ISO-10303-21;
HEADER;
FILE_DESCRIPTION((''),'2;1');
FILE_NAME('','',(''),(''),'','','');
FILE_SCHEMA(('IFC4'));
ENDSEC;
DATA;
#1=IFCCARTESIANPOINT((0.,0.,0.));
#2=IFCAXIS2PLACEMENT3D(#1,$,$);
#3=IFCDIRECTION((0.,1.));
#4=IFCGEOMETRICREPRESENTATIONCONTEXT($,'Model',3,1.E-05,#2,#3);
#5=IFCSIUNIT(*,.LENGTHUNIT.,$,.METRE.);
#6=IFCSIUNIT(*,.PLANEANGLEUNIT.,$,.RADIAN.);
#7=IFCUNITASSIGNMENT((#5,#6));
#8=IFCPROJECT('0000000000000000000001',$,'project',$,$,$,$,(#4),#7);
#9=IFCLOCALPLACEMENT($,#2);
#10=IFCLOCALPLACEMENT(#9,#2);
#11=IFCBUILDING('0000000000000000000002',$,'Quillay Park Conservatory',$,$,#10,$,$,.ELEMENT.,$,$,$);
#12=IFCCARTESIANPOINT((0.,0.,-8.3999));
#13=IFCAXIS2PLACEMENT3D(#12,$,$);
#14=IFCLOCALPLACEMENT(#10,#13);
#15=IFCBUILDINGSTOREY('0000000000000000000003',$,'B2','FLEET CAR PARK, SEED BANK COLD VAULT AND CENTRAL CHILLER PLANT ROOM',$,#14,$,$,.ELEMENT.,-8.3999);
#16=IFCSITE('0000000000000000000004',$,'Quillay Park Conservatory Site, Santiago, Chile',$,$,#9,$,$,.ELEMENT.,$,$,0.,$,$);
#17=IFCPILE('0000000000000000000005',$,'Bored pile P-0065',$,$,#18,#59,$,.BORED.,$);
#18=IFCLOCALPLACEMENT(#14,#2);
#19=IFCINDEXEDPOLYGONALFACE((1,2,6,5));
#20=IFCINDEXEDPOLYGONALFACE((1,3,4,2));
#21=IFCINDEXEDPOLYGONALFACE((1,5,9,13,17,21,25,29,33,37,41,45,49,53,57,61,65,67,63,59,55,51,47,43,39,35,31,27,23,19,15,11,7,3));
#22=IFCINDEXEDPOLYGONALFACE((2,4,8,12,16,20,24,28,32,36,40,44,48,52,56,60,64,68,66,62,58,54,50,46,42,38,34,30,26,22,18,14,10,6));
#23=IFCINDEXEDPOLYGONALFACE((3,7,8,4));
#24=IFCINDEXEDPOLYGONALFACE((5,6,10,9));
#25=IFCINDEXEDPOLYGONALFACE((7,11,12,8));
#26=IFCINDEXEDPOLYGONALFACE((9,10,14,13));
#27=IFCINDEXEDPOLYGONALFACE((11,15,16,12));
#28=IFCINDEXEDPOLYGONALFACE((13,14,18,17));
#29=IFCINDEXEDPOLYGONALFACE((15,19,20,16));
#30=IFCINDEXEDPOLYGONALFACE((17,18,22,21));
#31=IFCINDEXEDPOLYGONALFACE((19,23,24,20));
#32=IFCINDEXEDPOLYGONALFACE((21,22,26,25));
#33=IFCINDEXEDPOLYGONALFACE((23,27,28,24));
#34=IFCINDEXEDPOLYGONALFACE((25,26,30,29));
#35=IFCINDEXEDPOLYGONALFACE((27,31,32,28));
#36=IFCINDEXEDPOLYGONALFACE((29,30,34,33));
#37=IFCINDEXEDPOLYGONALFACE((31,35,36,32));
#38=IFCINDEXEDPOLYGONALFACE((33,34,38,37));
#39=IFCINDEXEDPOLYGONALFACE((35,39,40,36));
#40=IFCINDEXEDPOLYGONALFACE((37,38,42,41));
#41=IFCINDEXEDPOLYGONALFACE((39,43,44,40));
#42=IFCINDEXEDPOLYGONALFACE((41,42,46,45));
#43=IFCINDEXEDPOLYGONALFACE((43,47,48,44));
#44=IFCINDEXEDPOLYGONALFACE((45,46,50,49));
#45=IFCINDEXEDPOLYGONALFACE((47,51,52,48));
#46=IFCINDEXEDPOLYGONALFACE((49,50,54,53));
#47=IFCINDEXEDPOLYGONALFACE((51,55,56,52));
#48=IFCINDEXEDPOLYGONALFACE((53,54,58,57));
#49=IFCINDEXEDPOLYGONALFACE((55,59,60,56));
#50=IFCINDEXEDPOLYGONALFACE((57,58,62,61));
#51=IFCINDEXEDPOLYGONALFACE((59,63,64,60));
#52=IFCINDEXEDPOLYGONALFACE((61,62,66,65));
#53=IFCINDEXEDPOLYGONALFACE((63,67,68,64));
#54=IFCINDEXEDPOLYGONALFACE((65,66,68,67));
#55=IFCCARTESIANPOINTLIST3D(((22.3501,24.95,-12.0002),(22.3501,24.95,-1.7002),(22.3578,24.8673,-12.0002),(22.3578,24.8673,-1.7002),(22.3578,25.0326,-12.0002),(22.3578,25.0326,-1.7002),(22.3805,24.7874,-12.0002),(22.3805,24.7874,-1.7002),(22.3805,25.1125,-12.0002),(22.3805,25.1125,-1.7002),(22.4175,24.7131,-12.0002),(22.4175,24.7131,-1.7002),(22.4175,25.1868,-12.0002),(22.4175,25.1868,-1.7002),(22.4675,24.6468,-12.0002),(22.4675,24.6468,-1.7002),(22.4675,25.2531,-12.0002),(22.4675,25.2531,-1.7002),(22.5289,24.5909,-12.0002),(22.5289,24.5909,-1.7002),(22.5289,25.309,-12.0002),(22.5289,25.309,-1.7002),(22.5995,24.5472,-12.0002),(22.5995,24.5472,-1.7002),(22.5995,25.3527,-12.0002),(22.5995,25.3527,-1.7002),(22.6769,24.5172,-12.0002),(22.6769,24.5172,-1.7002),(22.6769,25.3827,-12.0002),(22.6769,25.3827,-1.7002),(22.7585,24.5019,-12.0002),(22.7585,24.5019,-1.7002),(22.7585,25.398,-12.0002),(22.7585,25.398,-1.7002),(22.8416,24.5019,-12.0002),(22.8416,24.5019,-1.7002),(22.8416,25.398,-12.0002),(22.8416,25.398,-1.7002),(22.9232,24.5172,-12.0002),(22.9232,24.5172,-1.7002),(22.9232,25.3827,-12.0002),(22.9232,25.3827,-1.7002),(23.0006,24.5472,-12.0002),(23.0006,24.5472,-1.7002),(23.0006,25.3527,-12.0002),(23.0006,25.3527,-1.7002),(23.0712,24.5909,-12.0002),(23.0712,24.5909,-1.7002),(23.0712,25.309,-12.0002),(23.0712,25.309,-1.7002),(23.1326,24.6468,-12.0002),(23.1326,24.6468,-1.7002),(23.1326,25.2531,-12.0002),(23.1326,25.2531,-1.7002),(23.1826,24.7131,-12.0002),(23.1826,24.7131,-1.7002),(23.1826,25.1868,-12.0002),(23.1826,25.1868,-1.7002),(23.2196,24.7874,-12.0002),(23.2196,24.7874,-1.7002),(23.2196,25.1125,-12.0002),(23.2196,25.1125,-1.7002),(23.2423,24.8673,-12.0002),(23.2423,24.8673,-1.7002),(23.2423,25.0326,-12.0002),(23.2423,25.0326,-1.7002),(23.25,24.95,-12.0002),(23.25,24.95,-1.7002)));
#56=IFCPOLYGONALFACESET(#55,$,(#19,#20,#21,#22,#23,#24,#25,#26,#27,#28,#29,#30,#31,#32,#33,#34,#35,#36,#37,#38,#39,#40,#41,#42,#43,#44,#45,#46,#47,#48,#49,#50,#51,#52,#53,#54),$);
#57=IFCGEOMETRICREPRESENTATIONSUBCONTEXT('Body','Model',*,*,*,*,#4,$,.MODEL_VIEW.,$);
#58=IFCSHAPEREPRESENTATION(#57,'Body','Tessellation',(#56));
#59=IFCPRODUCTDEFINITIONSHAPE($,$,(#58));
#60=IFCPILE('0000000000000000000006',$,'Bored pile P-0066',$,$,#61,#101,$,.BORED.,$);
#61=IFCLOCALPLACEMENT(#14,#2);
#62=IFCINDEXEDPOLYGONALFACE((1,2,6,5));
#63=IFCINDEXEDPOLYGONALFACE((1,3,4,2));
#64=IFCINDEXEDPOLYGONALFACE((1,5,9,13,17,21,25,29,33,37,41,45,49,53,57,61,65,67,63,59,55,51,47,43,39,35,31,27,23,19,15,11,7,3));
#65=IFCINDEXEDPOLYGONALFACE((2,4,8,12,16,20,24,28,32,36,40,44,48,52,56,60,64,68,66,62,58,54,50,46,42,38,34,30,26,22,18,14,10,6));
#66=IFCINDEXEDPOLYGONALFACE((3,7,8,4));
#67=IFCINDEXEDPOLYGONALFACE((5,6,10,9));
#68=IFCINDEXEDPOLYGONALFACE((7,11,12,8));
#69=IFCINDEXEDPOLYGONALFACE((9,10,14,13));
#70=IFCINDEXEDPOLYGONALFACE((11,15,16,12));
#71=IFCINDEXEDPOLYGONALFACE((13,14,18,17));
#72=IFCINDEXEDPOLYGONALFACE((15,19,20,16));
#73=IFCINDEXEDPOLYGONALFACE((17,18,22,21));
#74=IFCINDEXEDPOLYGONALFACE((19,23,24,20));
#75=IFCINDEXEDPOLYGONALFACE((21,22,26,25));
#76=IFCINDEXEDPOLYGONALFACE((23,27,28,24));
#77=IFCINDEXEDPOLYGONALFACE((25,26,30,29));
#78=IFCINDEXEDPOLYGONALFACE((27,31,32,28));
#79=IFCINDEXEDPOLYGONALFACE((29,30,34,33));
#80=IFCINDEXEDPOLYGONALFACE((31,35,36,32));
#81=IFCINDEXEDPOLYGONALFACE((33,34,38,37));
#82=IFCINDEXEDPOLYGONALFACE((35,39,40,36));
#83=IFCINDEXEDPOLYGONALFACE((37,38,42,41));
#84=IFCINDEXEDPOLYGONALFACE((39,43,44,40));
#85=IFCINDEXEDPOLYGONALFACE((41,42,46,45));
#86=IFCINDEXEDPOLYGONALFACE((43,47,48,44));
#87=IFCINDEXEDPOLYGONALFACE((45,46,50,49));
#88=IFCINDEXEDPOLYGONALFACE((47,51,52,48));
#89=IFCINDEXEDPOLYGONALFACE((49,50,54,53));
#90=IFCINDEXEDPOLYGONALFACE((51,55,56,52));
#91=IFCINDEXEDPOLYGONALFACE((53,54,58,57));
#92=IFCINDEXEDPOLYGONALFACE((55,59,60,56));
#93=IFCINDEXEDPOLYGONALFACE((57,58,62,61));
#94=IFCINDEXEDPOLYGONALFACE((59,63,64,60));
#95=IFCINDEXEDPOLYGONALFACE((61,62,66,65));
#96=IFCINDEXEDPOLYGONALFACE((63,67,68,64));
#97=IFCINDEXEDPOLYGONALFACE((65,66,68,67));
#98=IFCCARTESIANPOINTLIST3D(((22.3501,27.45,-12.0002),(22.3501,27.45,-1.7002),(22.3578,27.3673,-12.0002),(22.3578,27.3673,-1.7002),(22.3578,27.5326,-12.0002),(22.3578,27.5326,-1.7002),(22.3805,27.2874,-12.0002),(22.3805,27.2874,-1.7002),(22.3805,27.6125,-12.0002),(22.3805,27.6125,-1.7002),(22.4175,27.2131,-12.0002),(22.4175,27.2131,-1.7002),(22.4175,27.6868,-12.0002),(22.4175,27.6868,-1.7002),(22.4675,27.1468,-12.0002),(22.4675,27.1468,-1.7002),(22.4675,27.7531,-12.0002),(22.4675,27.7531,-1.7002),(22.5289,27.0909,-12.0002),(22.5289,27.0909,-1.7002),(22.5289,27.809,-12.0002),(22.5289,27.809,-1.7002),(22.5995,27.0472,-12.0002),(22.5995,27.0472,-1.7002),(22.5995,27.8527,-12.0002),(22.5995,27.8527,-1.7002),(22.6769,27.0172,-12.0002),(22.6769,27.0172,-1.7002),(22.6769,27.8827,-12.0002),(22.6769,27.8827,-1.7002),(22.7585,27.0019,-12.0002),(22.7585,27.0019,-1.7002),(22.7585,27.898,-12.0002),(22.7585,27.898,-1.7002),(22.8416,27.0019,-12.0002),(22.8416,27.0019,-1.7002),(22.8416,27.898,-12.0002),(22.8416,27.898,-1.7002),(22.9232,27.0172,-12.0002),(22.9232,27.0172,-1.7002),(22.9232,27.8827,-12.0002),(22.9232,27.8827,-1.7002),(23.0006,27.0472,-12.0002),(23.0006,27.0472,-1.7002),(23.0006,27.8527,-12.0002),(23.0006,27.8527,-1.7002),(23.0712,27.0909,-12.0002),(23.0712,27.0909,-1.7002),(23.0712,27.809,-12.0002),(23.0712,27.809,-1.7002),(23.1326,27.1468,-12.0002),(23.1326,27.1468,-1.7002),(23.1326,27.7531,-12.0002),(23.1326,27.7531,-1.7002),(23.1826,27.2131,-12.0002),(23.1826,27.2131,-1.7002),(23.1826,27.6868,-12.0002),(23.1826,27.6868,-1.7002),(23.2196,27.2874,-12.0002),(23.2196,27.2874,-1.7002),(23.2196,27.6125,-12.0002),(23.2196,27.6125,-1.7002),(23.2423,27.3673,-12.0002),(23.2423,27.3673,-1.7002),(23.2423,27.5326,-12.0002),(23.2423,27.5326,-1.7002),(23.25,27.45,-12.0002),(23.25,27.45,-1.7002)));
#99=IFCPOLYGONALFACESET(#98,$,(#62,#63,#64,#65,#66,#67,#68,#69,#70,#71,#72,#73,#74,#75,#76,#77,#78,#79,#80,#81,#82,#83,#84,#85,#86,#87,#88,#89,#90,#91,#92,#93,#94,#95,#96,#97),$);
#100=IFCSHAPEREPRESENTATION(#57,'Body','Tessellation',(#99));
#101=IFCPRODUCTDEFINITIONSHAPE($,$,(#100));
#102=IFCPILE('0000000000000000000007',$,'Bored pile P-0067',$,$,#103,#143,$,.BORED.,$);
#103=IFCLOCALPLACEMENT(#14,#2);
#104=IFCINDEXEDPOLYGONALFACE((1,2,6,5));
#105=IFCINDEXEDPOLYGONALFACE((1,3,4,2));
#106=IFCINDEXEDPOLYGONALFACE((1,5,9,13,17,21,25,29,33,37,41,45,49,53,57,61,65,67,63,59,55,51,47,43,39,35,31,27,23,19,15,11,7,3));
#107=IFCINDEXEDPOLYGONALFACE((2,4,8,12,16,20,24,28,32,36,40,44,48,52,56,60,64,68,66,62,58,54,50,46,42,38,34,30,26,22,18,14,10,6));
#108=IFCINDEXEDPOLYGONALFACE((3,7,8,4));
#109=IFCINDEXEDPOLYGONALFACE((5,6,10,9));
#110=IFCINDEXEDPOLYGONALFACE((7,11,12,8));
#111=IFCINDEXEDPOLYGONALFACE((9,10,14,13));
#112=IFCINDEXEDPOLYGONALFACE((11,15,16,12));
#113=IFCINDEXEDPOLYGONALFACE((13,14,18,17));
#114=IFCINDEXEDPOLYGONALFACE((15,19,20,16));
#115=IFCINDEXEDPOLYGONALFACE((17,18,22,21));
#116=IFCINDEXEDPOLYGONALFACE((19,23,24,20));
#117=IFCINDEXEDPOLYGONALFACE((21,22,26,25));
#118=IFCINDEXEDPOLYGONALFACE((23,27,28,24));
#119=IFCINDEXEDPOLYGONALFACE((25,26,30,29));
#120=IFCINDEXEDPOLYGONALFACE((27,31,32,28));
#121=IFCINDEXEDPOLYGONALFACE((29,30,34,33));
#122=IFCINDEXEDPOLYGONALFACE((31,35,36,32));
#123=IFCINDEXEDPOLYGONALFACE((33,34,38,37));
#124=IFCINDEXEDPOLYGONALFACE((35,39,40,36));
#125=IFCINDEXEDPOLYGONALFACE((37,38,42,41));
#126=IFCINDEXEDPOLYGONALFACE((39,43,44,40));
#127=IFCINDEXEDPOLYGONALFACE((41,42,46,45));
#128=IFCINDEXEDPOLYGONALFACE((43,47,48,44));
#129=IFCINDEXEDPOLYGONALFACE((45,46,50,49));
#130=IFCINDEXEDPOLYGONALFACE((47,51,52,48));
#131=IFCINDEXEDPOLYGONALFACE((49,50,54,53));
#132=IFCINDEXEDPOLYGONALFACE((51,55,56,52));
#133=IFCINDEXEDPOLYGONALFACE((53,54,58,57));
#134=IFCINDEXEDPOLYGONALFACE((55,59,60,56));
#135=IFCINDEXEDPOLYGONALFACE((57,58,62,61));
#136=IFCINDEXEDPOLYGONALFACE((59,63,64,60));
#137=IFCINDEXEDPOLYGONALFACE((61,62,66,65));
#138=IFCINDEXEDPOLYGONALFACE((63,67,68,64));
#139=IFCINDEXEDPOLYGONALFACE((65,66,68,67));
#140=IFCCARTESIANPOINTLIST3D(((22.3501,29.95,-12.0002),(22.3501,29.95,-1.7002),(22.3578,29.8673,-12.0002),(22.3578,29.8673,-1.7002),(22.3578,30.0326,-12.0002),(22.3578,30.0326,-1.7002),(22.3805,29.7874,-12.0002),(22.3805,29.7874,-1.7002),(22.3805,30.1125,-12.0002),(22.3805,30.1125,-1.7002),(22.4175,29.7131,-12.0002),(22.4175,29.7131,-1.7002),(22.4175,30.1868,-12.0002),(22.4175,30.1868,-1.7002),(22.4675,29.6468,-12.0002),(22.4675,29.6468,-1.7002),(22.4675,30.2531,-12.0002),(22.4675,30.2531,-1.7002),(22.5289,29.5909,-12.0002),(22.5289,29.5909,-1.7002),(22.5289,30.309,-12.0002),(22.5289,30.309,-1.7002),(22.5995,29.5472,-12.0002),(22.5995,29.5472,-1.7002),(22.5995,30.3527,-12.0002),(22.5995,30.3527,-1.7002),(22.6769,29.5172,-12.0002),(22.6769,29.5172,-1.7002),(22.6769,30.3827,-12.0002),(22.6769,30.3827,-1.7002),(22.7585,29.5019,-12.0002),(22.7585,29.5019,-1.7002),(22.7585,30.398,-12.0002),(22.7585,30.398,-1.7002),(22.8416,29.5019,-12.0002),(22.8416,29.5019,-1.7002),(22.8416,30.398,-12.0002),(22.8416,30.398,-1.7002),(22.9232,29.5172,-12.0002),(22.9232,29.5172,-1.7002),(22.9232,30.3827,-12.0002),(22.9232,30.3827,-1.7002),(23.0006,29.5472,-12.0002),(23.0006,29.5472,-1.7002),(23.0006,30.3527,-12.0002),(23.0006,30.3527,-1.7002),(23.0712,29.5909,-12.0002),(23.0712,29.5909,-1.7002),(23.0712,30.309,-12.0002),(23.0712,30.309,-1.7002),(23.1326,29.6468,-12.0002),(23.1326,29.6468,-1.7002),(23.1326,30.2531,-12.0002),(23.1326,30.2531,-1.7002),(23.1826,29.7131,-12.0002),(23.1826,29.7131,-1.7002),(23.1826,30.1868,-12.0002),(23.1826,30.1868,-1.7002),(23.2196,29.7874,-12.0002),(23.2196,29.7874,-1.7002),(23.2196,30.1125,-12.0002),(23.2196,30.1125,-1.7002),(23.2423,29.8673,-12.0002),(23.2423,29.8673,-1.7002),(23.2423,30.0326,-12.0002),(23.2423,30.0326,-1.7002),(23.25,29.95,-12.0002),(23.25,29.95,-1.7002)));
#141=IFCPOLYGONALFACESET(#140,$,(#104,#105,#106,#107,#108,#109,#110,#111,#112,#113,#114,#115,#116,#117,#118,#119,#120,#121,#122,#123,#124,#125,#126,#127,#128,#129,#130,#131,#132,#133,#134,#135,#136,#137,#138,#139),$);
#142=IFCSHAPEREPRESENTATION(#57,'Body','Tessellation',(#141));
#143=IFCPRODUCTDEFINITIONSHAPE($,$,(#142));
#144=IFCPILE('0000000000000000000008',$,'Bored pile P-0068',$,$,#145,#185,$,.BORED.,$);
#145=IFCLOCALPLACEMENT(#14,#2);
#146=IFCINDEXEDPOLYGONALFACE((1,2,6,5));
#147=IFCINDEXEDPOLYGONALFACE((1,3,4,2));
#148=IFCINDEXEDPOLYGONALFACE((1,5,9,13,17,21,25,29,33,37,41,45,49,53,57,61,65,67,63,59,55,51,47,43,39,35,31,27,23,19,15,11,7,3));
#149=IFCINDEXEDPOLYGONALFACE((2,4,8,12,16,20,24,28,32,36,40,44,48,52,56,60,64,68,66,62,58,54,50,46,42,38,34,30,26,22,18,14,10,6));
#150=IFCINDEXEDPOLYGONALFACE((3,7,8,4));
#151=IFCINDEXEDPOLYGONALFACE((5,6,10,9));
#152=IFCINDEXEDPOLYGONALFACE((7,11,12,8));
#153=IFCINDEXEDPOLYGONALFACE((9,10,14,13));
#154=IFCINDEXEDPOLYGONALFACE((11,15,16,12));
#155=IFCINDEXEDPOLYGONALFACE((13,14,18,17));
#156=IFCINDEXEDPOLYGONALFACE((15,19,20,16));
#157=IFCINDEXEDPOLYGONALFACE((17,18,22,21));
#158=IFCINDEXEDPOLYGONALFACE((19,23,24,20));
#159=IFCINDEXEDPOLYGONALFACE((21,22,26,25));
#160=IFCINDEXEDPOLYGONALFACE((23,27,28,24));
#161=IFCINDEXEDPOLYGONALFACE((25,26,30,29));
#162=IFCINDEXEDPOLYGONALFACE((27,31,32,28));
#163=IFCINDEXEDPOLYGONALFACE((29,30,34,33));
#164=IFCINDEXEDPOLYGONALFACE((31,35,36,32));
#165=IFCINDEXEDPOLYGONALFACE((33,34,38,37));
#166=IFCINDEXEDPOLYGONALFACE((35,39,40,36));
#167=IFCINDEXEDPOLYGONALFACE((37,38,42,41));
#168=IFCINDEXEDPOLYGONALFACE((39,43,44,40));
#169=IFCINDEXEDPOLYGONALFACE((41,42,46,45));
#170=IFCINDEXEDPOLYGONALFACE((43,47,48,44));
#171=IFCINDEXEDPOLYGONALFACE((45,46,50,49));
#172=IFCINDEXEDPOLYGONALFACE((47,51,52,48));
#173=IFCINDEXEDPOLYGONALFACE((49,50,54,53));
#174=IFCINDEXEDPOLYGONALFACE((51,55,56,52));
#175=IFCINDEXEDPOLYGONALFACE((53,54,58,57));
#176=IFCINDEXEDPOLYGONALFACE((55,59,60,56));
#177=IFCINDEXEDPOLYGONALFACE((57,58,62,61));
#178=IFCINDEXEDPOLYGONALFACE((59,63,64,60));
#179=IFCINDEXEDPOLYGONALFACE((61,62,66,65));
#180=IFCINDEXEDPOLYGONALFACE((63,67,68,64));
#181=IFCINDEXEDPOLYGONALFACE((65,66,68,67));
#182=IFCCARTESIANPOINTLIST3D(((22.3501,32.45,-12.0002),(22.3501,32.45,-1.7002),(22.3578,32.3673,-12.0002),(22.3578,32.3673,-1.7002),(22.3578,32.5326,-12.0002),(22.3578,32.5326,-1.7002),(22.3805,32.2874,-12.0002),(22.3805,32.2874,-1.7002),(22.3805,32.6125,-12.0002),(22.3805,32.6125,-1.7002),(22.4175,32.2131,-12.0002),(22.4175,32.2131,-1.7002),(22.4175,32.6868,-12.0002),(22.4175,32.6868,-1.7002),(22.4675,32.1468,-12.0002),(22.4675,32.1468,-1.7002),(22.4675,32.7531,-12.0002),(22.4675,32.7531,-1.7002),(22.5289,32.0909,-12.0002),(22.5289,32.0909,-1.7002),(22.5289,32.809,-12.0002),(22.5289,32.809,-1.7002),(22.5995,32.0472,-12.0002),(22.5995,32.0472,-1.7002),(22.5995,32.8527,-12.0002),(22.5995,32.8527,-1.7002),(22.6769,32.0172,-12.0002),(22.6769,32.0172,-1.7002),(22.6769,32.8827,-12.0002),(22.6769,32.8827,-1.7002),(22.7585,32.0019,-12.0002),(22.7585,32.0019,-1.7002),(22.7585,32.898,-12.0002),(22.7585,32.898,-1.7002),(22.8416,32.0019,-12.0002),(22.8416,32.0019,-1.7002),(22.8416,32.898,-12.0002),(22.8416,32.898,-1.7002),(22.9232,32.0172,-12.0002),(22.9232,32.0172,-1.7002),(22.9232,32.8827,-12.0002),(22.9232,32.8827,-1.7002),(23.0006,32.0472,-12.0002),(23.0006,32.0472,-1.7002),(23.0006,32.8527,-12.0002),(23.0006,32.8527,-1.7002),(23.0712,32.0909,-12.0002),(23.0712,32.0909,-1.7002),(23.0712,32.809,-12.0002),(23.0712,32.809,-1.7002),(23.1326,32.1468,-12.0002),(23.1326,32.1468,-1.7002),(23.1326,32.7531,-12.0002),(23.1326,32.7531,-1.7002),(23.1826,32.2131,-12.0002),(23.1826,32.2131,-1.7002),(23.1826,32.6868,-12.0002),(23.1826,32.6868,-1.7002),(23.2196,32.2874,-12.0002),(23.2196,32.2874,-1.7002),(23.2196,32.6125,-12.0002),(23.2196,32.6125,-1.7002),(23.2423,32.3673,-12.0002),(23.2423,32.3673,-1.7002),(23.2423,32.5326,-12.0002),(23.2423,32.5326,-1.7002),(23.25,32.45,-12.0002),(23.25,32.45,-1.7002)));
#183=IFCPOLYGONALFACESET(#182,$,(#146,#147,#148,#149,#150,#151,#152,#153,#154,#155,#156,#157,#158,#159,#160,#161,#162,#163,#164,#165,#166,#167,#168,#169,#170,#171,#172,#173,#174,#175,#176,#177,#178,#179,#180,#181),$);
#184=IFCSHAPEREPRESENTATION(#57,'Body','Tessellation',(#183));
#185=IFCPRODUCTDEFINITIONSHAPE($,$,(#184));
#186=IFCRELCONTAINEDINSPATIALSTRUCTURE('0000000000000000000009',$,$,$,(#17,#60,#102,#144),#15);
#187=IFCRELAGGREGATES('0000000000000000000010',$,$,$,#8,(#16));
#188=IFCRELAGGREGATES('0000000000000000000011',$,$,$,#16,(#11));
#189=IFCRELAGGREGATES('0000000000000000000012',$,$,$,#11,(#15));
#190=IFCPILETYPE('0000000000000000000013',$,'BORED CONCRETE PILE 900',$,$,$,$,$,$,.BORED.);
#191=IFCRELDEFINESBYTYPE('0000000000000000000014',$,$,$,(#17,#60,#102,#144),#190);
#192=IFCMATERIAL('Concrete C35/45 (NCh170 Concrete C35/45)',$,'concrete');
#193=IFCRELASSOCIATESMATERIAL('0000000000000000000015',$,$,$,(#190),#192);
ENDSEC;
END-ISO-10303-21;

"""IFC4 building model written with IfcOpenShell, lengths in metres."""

from ifc_helpers import new_model, si_unit, direction, frame, origin, origin_2d, place, context, subcontext, project, spatial, circle, extrude, material, material_profile, profile_set, type_object, element, save


model = new_model("IFC4")

# Units and contexts
model_context = context("Model", 3, precision=1e-05, world=origin(), true_north=direction((0.0, 1.0)))
body_context = subcontext(model_context, "Body", "Model", "MODEL_VIEW")
ifc_project = project(units=[si_unit("LENGTHUNIT", "METRE"), si_unit("PLANEANGLEUNIT", "RADIAN")], contexts=[model_context])

# Site, building, storey
site_placement = place(None, origin())
site = spatial("IfcSite", under=ifc_project, at=site_placement, Name="Quillay Park Conservatory Site, Santiago, Chile", CompositionType="ELEMENT", RefElevation=0.0)
building_placement = place(site_placement, origin())
building = spatial("IfcBuilding", under=site, at=building_placement, Name="Quillay Park Conservatory", CompositionType="ELEMENT")
storey_placement = place(building_placement, frame((0.0, 0.0, -8.3999)))
storey = spatial("IfcBuildingStorey", under=building, at=storey_placement, Name="B2", Description="FLEET CAR PARK, SEED BANK COLD VAULT AND CENTRAL CHILLER PLANT ROOM", CompositionType="ELEMENT", Elevation=-8.3999)

# Piles
ifc_material_1 = material(Name="Concrete C35/45 (NCh170 Concrete C35/45)", Category="concrete")
ifc_material_profile_1 = material_profile(ifc_material_1, circle(Radius=0.45, at=origin_2d()), Name="PILE900")
ifc_profile_set_1 = profile_set([ifc_material_profile_1], Name="Concrete C35/45 (NCh170 Concrete C35/45)")
pile_type = type_object("IfcPileType", Name="BORED CONCRETE PILE 900", PredefinedType="BORED", material=ifc_profile_set_1)
for number, where, z_axis, x_axis, name in (
    (1, (22.8, 24.95, -1.7002), (0.0, 0.0, -1.0), (1.0, 0.0, 0.0), "Bored pile P-0065"),
    (2, (22.8, 27.45, -1.7002), (0.0, 0.0, -1.0), (1.0, 0.0, 0.0), "Bored pile P-0066"),
    (3, (22.8, 29.95, -1.7002), (0.0, 0.0, -1.0), (1.0, 0.0, 0.0), "Bored pile P-0067"),
    (4, (22.8, 32.45, -1.7002), (0.0, 0.0, -1.0), (1.0, 0.0, 0.0), "Bored pile P-0068"),
):
    element("IfcPile", number, at=place(storey_placement, frame(where, z_axis=z_axis, x_axis=x_axis)), inside=storey, type_object=pile_type, Name=name, PredefinedType="BORED", context=body_context, shape_type="SweptSolid", body=[
        extrude(circle(Radius=0.45, at=origin_2d()), origin(), (0.0, 0.0, 1.0), 10.3),
    ])

save(model, "model.ifc")
